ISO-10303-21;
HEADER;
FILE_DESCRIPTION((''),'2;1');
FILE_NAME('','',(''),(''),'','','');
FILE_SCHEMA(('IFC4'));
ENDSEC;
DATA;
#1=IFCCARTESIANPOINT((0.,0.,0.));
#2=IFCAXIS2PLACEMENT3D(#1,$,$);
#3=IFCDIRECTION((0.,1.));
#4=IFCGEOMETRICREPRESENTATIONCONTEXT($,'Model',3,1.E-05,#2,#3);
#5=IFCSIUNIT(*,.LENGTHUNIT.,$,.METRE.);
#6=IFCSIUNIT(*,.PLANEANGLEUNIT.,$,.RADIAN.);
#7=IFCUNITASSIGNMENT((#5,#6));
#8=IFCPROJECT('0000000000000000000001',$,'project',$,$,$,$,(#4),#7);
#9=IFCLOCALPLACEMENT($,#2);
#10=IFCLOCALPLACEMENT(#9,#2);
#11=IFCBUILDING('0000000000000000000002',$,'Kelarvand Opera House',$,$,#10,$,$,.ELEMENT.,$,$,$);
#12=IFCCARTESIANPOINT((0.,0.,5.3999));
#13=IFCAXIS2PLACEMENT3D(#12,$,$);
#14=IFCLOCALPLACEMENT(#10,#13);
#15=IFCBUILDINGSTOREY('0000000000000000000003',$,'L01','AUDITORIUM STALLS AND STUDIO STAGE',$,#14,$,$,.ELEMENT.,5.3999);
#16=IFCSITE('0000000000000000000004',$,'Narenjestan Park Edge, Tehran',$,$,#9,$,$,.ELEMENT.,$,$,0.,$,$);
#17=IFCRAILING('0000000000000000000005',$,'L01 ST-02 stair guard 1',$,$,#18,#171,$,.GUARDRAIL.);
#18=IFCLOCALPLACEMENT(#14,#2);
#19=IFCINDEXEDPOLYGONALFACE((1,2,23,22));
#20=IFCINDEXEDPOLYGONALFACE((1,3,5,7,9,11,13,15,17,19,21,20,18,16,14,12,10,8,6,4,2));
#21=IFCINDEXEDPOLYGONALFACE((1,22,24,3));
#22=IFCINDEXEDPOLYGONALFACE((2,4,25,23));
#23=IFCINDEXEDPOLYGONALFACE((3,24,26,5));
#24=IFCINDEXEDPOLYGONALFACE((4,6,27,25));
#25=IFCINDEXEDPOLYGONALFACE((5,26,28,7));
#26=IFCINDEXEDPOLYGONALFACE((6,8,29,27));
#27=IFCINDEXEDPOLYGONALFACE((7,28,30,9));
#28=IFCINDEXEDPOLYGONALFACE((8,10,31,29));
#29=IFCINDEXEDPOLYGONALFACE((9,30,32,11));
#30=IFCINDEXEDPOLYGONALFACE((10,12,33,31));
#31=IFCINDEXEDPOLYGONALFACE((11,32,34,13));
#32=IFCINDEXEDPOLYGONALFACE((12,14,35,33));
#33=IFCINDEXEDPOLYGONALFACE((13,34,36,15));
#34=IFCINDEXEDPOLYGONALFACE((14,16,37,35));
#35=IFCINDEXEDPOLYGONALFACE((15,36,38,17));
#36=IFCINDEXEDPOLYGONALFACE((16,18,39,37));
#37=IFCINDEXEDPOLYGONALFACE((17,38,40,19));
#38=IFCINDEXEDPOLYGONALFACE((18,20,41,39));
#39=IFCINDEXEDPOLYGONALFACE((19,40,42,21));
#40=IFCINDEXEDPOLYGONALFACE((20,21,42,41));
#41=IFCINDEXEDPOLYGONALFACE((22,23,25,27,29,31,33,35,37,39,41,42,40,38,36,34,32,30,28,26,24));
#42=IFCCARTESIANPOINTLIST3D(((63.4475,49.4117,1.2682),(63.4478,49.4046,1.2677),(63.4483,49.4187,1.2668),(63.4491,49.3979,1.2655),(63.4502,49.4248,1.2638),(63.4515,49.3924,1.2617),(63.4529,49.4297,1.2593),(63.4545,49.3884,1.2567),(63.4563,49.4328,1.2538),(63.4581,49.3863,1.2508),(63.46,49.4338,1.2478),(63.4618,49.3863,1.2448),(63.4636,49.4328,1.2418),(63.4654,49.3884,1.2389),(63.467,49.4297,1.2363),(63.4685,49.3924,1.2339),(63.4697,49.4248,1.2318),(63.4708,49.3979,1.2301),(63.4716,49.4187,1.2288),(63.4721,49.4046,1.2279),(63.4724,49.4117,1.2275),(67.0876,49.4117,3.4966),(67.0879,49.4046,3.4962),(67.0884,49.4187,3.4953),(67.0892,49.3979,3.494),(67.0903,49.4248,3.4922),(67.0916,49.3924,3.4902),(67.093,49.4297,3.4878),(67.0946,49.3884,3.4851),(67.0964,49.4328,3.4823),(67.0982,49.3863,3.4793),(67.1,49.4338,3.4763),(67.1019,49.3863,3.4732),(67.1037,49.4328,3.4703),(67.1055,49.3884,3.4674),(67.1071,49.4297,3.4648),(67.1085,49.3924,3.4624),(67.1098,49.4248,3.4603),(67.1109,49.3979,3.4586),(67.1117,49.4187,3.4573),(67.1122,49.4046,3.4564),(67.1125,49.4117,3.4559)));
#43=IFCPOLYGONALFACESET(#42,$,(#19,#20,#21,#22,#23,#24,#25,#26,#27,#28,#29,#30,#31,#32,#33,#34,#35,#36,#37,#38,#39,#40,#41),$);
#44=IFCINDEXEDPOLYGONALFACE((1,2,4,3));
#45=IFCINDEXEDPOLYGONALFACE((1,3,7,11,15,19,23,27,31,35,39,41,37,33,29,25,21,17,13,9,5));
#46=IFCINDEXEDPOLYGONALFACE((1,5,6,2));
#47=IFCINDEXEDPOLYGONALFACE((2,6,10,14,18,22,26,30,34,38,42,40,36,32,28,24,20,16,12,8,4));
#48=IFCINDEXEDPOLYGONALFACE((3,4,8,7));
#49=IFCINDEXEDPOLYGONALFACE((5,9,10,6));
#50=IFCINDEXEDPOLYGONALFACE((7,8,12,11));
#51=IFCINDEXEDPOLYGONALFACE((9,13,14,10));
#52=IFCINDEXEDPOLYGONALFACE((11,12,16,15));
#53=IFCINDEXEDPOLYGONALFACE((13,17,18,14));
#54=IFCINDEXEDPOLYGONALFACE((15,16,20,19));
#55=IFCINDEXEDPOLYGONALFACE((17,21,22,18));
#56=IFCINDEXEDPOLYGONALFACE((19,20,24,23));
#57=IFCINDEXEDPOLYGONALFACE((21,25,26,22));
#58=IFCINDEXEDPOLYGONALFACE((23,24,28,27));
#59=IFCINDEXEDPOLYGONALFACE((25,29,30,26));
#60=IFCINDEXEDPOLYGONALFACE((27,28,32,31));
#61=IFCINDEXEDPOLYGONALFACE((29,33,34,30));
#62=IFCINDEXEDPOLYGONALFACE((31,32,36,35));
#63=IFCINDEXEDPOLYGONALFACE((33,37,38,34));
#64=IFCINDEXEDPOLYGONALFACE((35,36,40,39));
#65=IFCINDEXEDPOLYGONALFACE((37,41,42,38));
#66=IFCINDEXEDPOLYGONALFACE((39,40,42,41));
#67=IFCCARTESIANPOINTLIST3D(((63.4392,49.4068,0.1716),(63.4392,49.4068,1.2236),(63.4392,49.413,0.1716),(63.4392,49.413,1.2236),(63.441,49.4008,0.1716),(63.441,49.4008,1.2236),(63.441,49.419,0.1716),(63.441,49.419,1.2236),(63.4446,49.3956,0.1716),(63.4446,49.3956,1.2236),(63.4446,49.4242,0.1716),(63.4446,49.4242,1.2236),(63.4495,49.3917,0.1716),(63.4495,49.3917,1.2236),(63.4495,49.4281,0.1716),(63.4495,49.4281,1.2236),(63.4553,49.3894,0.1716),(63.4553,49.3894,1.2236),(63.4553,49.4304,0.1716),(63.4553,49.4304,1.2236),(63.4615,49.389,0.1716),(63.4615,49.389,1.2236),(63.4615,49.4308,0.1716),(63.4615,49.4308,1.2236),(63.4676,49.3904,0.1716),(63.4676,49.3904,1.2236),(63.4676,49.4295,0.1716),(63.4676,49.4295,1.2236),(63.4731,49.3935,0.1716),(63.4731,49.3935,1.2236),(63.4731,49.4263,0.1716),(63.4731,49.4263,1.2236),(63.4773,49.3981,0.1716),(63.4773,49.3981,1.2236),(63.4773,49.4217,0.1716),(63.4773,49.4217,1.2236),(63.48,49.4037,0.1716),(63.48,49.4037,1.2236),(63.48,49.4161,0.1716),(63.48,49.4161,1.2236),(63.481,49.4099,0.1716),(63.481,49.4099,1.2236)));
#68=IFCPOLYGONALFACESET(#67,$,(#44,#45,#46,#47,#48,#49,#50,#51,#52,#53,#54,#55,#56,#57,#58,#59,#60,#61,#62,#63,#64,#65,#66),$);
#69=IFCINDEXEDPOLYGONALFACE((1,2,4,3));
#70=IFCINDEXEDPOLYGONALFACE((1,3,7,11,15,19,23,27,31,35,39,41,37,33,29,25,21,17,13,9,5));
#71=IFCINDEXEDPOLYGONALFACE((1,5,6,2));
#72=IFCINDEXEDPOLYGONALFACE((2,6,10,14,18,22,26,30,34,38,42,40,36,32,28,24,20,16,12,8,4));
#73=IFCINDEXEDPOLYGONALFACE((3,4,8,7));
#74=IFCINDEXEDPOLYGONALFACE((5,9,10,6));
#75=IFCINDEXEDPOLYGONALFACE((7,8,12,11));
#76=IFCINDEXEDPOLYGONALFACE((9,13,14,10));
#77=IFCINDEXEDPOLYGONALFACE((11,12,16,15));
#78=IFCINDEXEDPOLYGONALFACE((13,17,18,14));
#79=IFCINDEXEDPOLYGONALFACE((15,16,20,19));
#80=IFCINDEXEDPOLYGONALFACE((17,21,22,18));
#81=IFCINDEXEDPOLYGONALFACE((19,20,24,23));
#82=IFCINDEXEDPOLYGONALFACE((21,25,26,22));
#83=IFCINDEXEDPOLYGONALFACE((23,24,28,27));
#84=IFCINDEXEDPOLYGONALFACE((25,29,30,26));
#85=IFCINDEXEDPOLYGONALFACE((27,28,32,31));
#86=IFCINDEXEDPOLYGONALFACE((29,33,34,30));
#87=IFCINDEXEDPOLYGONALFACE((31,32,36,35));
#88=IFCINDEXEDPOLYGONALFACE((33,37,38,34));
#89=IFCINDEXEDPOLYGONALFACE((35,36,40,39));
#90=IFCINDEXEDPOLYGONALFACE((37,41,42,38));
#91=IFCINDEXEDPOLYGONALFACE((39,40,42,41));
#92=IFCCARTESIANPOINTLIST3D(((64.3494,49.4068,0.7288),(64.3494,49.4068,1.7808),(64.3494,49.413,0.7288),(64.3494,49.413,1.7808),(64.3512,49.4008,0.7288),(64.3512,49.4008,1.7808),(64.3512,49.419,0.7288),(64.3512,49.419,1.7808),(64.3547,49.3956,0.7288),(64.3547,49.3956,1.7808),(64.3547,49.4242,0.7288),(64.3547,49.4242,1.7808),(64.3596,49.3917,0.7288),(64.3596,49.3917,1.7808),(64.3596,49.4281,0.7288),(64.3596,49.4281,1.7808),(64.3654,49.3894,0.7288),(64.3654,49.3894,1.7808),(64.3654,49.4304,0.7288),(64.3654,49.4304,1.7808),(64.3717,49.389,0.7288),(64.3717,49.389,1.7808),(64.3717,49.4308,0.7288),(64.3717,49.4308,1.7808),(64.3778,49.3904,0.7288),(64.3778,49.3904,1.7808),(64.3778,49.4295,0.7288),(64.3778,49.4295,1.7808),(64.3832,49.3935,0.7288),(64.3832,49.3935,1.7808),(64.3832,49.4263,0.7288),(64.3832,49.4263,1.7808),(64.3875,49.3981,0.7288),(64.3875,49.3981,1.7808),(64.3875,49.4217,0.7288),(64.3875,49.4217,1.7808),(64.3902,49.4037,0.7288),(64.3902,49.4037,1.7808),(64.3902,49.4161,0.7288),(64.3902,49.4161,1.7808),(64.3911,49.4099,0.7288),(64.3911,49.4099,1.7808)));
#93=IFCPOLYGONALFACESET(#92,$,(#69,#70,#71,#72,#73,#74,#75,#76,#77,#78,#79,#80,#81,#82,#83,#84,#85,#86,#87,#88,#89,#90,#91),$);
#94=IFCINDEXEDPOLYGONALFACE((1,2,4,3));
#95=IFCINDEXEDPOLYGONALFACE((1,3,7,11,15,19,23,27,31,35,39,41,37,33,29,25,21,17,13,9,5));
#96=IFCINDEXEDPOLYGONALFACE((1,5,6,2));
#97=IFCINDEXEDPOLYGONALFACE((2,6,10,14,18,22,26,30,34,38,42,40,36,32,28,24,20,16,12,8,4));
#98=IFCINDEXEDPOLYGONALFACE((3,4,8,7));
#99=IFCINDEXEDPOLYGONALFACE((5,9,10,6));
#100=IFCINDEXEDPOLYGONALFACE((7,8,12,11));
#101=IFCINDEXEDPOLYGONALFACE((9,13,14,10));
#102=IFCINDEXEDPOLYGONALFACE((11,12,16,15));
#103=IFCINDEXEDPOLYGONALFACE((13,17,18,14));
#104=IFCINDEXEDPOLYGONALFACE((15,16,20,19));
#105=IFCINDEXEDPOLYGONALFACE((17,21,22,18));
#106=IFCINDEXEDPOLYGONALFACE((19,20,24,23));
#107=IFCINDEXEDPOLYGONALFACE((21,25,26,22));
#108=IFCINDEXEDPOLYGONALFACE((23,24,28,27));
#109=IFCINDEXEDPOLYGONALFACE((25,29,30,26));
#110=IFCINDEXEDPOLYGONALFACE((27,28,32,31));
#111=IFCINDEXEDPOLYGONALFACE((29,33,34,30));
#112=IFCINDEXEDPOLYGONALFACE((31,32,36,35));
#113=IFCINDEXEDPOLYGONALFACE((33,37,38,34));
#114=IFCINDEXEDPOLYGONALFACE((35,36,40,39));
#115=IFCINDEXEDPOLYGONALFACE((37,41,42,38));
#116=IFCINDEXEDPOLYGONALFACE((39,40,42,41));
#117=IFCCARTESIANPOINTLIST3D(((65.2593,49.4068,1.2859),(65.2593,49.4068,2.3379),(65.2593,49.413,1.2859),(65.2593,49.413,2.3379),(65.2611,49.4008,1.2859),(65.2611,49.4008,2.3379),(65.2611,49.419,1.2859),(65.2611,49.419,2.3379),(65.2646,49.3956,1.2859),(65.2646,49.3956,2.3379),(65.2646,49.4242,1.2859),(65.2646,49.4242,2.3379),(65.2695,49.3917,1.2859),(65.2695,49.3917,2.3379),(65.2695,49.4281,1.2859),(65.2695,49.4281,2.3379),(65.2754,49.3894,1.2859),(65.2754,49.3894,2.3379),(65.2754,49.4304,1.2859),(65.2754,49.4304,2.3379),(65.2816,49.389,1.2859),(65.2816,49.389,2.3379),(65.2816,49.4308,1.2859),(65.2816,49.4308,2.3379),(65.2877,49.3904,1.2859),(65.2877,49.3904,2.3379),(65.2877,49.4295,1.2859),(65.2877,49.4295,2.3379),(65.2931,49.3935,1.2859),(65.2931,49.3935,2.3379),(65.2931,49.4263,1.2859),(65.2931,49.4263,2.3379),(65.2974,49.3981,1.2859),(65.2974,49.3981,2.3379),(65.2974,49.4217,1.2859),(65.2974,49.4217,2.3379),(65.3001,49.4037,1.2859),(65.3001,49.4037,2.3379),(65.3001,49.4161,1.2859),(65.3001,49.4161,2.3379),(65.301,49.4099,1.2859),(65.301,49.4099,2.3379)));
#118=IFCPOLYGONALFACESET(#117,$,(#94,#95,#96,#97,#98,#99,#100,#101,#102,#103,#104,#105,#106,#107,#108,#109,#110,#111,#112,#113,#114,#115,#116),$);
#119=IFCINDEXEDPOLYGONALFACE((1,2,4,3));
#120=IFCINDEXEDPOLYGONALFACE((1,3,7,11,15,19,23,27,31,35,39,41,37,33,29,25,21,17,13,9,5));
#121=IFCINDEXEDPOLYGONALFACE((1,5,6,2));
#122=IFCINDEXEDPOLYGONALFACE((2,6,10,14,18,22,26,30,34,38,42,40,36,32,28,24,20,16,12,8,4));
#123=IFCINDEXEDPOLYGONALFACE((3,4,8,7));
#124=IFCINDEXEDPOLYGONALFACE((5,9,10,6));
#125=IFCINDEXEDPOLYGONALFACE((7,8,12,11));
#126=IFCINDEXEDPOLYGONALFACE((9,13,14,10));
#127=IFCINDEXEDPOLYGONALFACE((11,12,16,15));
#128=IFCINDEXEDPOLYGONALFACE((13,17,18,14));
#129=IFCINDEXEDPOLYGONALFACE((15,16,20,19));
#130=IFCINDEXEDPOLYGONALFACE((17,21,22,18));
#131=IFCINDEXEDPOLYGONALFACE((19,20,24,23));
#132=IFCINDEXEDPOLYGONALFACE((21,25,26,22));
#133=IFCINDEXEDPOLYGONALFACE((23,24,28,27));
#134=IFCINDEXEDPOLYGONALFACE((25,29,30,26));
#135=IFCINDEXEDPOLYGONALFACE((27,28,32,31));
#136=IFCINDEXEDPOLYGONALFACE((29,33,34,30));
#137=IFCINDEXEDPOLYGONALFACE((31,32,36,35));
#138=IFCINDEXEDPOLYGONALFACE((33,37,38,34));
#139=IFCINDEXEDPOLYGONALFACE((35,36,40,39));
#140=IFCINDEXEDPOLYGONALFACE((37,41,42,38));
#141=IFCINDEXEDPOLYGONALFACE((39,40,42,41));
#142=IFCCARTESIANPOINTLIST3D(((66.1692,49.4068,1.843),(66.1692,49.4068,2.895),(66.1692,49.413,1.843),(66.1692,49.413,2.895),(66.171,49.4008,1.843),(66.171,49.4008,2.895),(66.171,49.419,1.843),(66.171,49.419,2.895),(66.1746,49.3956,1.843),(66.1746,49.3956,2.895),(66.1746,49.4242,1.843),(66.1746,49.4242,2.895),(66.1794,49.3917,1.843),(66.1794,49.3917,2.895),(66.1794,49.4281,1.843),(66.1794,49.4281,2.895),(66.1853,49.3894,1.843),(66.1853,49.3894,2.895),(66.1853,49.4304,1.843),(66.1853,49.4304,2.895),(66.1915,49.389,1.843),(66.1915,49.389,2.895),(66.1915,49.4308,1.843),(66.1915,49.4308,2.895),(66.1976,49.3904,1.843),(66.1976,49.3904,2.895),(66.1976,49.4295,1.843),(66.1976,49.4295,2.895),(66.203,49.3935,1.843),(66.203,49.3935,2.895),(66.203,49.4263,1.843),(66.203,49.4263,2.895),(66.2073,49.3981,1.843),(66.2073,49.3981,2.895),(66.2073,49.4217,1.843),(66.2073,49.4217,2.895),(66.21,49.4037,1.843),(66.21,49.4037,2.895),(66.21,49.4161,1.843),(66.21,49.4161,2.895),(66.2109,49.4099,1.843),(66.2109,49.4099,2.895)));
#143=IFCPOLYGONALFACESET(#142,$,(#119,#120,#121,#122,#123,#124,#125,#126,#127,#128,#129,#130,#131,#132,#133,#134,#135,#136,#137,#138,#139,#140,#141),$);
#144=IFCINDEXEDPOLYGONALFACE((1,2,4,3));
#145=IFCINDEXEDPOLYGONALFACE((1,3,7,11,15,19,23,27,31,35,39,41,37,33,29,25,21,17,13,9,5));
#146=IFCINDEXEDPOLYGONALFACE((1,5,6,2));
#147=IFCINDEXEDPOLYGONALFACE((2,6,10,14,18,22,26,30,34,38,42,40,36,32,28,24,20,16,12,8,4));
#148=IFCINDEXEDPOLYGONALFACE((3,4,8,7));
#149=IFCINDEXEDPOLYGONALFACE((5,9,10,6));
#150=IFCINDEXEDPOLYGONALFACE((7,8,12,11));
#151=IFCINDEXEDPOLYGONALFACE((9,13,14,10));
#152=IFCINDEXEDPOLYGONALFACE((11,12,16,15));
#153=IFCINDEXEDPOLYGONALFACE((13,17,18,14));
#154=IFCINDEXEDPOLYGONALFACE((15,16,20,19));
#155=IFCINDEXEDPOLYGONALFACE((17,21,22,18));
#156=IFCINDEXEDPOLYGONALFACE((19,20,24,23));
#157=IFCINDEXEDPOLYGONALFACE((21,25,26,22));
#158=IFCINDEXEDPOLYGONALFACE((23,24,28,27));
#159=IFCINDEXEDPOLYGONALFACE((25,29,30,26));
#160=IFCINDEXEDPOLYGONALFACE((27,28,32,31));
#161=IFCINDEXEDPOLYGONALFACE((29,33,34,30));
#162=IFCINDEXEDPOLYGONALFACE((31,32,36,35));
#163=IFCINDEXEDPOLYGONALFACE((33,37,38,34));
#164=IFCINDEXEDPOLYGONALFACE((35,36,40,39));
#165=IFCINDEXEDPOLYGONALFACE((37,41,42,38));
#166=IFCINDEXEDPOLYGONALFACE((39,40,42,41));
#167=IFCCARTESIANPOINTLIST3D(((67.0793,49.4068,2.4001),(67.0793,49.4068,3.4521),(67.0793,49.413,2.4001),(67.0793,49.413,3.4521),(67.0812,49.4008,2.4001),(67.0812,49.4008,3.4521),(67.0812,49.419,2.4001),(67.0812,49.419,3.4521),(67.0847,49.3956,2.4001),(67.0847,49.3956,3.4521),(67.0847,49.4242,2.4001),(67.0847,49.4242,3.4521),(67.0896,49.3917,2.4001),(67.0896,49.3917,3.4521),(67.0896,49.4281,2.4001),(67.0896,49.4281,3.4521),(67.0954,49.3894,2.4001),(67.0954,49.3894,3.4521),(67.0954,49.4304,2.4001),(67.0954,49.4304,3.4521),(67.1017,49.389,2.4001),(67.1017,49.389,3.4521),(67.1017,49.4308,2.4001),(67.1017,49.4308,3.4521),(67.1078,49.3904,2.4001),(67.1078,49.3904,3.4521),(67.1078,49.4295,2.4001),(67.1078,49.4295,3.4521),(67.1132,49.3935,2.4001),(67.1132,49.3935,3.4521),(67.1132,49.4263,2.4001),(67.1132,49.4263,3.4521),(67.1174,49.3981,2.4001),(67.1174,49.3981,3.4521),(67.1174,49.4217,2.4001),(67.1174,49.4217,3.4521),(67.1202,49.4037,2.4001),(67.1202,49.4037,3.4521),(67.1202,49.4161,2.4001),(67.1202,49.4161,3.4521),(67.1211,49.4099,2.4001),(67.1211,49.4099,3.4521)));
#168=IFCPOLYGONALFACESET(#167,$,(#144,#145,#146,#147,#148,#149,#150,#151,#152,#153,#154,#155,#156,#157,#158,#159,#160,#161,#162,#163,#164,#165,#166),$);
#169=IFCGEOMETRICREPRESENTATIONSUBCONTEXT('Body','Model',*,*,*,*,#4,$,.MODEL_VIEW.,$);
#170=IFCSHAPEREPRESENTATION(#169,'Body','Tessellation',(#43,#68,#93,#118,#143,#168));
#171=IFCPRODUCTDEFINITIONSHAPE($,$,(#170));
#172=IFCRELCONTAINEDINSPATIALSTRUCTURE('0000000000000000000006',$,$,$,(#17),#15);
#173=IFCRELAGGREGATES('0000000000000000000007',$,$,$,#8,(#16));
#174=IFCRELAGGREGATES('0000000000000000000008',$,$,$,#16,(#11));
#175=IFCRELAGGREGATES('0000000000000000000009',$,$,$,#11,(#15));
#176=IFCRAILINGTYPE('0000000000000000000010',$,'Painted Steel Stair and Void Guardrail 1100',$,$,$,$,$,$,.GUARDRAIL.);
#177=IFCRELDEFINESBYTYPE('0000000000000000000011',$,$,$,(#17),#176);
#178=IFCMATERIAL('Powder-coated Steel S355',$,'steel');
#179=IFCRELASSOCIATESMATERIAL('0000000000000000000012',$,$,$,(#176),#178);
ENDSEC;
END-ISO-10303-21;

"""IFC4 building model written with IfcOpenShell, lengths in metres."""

from ifc_helpers import new_model, si_unit, direction, frame, origin, origin_2d, place, context, subcontext, project, spatial, circle, extrude, material, type_object, element, save


model = new_model("IFC4")

# Units and contexts
model_context = context("Model", 3, precision=1e-05, world=origin(), true_north=direction((0.0, 1.0)))
body_context = subcontext(model_context, "Body", "Model", "MODEL_VIEW")
ifc_project = project(units=[si_unit("LENGTHUNIT", "METRE"), si_unit("PLANEANGLEUNIT", "RADIAN")], contexts=[model_context])

# Site, building, storey
site_placement = place(None, origin())
site = spatial("IfcSite", under=ifc_project, at=site_placement, Name="Narenjestan Park Edge, Tehran", CompositionType="ELEMENT", RefElevation=0.0)
building_placement = place(site_placement, origin())
building = spatial("IfcBuilding", under=site, at=building_placement, Name="Kelarvand Opera House", CompositionType="ELEMENT")
storey_placement = place(building_placement, frame((0.0, 0.0, 5.3999)))
storey = spatial("IfcBuildingStorey", under=building, at=storey_placement, Name="L01", Description="AUDITORIUM STALLS AND STUDIO STAGE", CompositionType="ELEMENT", Elevation=5.3999)

# Railing
ifc_material_1 = material(Name="Powder-coated Steel S355", Category="steel")
railing_type_1 = type_object("IfcRailingType", Name="Painted Steel Stair and Void Guardrail 1100", PredefinedType="GUARDRAIL", material=ifc_material_1)
railing_1_placement = place(storey_placement, frame((63.46, 49.4099, 0.1716)))
element("IfcRailing", 1, at=railing_1_placement, inside=storey, type_object=railing_type_1, Name="L01 ST-02 stair guard 1", PredefinedType="GUARDRAIL", context=body_context, shape_type="SweptSolid", body=[
    extrude(circle(Radius=0.0239, at=origin_2d()), frame((0.0, 0.0, 1.0762), z_axis=(0.852866, 0.0, 0.52213), x_axis=(0.0, 1.0, 0.0)), (0.0, 0.0, 1.0), 4.2681),
    extrude(circle(Radius=0.021, at=origin_2d()), origin(), (0.0, 0.0, 1.0), 1.052),
    extrude(circle(Radius=0.021, at=origin_2d()), frame((0.9102, 0.0, 0.5571)), (0.0, 0.0, 1.0), 1.052),
    extrude(circle(Radius=0.021, at=origin_2d()), frame((1.8201, 0.0, 1.1143)), (0.0, 0.0, 1.0), 1.052),
    extrude(circle(Radius=0.021, at=origin_2d()), frame((2.73, 0.0, 1.6714)), (0.0, 0.0, 1.0), 1.052),
    extrude(circle(Radius=0.021, at=origin_2d()), frame((3.6401, 0.0, 2.2285)), (0.0, 0.0, 1.0), 1.052),
])

save(model, "model.ifc")
